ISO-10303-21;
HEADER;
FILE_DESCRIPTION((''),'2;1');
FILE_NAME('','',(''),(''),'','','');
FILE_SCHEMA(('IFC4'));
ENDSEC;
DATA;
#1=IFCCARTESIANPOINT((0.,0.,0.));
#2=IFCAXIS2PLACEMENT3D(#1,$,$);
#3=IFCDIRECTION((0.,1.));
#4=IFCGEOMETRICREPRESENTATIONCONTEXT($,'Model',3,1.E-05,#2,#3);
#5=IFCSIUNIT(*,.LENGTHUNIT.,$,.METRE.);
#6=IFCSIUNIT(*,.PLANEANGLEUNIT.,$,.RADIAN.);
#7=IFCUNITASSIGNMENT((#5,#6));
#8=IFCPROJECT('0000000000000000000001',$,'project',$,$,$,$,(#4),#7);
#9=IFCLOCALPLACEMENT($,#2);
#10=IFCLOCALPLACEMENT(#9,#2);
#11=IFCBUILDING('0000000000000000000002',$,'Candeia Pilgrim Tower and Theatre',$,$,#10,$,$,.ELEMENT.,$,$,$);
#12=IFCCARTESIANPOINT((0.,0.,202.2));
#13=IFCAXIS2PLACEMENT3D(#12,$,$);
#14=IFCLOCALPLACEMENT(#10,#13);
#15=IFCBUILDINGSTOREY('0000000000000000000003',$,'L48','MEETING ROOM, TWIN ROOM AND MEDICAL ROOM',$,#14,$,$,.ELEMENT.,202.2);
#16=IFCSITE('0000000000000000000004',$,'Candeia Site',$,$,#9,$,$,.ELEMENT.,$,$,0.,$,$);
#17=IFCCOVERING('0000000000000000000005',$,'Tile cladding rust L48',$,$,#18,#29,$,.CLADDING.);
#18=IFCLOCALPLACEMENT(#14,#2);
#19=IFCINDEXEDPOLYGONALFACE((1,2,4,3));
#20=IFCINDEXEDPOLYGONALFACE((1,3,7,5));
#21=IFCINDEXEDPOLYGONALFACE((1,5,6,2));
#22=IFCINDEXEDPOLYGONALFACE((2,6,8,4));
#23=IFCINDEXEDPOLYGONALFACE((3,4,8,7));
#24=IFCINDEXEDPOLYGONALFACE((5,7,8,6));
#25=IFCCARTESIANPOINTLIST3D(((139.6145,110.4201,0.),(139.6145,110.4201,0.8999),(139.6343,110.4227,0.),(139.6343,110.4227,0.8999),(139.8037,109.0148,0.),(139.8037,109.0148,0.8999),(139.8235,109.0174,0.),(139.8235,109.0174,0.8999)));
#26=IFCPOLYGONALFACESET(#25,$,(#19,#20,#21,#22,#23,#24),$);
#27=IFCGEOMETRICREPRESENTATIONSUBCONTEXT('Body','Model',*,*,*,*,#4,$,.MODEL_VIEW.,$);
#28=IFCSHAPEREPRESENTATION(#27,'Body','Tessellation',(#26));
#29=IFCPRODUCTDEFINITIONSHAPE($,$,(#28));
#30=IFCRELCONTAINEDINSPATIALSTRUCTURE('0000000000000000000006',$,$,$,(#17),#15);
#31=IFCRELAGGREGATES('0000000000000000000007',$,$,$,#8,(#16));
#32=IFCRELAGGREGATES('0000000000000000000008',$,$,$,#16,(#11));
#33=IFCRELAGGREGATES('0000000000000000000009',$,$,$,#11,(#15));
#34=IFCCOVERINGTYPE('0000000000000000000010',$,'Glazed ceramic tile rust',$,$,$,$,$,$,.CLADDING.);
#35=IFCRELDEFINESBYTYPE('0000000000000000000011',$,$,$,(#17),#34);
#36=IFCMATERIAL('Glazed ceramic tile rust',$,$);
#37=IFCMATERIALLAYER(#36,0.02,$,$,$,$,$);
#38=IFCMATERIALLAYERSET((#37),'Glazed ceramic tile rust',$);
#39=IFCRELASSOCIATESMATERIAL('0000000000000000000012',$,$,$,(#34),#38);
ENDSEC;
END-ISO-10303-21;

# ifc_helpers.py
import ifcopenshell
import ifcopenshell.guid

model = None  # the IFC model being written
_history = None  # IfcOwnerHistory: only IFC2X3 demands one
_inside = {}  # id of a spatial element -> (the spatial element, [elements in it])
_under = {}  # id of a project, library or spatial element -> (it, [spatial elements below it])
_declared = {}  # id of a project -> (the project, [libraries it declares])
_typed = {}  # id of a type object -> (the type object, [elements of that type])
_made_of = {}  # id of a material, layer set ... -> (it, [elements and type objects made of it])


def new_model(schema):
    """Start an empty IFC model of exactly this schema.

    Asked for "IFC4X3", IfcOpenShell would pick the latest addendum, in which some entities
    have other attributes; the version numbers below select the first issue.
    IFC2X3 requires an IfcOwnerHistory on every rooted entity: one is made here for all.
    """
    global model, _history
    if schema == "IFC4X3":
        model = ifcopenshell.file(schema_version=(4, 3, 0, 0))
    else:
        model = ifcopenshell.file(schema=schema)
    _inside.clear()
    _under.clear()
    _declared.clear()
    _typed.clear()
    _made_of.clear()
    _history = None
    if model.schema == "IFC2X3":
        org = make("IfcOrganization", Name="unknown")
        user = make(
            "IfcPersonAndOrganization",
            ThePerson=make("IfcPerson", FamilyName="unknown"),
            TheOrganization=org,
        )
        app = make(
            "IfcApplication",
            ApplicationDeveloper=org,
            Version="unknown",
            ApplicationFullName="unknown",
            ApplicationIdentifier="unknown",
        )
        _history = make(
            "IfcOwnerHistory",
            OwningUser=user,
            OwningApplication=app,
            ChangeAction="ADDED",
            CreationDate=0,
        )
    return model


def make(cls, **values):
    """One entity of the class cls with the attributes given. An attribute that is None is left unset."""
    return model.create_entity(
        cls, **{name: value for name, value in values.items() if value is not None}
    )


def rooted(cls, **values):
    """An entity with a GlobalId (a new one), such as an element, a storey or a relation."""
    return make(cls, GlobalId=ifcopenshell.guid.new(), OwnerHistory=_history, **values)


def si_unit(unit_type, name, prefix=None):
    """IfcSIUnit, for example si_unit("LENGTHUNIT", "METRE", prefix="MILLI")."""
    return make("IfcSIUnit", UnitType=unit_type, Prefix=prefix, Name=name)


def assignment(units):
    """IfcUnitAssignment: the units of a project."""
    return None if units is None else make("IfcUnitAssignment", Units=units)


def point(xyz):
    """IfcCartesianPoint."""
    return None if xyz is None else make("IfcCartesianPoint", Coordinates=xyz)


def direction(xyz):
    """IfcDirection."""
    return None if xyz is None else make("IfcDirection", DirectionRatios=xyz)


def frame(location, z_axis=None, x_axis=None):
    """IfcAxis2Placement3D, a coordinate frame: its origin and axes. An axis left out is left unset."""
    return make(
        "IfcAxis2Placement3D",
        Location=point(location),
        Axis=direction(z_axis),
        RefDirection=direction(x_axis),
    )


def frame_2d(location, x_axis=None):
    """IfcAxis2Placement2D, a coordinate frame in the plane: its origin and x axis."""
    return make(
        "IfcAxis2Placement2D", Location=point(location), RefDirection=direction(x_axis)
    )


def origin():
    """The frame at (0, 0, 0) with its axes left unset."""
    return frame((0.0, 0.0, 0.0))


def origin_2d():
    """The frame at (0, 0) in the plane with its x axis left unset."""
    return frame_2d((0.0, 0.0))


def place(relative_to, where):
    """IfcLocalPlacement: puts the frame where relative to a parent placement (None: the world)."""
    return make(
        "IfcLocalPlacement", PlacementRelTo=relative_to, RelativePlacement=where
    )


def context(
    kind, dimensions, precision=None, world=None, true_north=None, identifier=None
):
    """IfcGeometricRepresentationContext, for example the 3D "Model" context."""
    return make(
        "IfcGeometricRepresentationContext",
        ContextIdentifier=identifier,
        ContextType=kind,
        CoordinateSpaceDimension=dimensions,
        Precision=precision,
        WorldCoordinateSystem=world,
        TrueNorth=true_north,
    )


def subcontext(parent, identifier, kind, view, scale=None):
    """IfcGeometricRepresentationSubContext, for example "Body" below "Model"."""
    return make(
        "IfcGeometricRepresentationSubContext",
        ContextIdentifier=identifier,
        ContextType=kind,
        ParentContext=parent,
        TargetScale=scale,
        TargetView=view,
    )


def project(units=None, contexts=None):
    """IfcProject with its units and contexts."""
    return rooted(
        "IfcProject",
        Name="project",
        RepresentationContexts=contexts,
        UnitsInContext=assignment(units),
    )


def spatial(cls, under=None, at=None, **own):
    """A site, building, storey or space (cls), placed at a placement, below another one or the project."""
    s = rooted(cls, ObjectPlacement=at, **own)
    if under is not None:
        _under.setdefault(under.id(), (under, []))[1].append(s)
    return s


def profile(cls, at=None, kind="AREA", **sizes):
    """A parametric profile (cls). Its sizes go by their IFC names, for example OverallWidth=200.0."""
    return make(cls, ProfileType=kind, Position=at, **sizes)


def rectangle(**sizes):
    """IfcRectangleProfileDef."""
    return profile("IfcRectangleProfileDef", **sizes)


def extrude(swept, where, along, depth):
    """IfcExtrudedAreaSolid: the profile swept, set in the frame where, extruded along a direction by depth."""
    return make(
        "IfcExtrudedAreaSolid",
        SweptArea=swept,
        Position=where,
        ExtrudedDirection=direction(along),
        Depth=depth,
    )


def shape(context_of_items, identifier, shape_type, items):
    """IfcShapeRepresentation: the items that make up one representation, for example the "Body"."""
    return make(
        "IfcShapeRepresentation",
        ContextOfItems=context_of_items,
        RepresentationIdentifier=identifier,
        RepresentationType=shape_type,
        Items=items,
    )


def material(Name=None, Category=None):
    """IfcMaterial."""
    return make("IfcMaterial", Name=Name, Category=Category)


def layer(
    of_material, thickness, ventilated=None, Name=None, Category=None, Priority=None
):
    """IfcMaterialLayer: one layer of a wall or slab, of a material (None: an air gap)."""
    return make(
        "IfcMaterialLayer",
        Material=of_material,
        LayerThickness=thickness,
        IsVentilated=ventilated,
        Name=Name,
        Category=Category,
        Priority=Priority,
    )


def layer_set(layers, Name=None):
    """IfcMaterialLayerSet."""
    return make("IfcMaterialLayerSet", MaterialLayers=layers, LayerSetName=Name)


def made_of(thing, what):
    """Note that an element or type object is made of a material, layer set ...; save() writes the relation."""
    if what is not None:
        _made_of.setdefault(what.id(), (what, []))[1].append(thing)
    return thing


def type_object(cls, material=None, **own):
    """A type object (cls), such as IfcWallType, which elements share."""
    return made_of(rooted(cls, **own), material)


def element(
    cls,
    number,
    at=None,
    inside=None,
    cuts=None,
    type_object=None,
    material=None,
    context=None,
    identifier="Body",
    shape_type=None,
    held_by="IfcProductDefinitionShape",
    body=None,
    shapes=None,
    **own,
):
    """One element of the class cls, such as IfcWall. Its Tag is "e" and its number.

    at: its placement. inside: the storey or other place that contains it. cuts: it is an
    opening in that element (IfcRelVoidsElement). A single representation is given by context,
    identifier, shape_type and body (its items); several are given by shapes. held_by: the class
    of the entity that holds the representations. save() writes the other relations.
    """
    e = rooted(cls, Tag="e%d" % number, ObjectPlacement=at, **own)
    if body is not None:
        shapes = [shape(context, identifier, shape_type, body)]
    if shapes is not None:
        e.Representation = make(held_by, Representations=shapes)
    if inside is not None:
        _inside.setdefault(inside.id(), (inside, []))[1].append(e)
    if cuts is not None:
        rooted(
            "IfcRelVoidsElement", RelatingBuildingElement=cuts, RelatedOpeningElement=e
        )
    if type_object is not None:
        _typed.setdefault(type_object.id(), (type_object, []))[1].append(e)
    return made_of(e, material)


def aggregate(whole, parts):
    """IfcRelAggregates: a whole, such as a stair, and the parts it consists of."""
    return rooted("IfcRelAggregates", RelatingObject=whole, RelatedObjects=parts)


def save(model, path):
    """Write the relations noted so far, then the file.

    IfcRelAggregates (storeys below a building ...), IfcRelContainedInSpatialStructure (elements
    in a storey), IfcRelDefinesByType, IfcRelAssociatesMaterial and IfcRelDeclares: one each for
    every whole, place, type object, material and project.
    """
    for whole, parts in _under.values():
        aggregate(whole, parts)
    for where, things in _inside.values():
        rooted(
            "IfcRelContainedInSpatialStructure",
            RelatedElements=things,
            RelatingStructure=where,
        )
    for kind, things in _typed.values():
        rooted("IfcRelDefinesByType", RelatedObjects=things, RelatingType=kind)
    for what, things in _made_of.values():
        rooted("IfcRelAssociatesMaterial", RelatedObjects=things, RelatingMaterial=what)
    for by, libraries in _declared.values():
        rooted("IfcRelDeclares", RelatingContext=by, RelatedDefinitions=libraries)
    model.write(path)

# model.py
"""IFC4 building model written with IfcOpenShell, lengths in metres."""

from ifc_helpers import new_model, si_unit, direction, frame, origin, origin_2d, place, context, subcontext, project, spatial, rectangle, extrude, material, layer, layer_set, type_object, element, save


model = new_model("IFC4")

# Units and contexts
model_context = context("Model", 3, precision=1e-05, world=origin(), true_north=direction((0.0, 1.0)))
body_context = subcontext(model_context, "Body", "Model", "MODEL_VIEW")
ifc_project = project(units=[si_unit("LENGTHUNIT", "METRE"), si_unit("PLANEANGLEUNIT", "RADIAN")], contexts=[model_context])

# Site, building, storey
site_placement = place(None, origin())
site = spatial("IfcSite", under=ifc_project, at=site_placement, Name="Candeia Site", CompositionType="ELEMENT", RefElevation=0.0)
building_placement = place(site_placement, origin())
building = spatial("IfcBuilding", under=site, at=building_placement, Name="Candeia Pilgrim Tower and Theatre", CompositionType="ELEMENT")
storey_placement = place(building_placement, frame((0.0, 0.0, 202.2)))
storey = spatial("IfcBuildingStorey", under=building, at=storey_placement, Name="L48", Description="MEETING ROOM, TWIN ROOM AND MEDICAL ROOM", CompositionType="ELEMENT", Elevation=202.2)

# Covering
ifc_material_1 = material(Name="Glazed ceramic tile rust")
ifc_layer_1 = layer(ifc_material_1, 0.02)
ifc_layer_set_1 = layer_set([ifc_layer_1], Name="Glazed ceramic tile rust")
covering_type = type_object("IfcCoveringType", Name="Glazed ceramic tile rust", PredefinedType="CLADDING", material=ifc_layer_set_1)
covering_1_placement = place(storey_placement, frame((139.719, 109.7188, 0.0), z_axis=(0.0, 0.0, 1.0), x_axis=(-0.133412, 0.991061, 0.0)))
element("IfcCovering", 1, at=covering_1_placement, inside=storey, type_object=covering_type, Name="Tile cladding rust L48", PredefinedType="CLADDING", context=body_context, shape_type="SweptSolid", body=[
    extrude(rectangle(XDim=1.418, YDim=0.02, at=origin_2d()), origin(), (0.0, 0.0, 1.0), 0.8999),
])

save(model, "model.ifc")
